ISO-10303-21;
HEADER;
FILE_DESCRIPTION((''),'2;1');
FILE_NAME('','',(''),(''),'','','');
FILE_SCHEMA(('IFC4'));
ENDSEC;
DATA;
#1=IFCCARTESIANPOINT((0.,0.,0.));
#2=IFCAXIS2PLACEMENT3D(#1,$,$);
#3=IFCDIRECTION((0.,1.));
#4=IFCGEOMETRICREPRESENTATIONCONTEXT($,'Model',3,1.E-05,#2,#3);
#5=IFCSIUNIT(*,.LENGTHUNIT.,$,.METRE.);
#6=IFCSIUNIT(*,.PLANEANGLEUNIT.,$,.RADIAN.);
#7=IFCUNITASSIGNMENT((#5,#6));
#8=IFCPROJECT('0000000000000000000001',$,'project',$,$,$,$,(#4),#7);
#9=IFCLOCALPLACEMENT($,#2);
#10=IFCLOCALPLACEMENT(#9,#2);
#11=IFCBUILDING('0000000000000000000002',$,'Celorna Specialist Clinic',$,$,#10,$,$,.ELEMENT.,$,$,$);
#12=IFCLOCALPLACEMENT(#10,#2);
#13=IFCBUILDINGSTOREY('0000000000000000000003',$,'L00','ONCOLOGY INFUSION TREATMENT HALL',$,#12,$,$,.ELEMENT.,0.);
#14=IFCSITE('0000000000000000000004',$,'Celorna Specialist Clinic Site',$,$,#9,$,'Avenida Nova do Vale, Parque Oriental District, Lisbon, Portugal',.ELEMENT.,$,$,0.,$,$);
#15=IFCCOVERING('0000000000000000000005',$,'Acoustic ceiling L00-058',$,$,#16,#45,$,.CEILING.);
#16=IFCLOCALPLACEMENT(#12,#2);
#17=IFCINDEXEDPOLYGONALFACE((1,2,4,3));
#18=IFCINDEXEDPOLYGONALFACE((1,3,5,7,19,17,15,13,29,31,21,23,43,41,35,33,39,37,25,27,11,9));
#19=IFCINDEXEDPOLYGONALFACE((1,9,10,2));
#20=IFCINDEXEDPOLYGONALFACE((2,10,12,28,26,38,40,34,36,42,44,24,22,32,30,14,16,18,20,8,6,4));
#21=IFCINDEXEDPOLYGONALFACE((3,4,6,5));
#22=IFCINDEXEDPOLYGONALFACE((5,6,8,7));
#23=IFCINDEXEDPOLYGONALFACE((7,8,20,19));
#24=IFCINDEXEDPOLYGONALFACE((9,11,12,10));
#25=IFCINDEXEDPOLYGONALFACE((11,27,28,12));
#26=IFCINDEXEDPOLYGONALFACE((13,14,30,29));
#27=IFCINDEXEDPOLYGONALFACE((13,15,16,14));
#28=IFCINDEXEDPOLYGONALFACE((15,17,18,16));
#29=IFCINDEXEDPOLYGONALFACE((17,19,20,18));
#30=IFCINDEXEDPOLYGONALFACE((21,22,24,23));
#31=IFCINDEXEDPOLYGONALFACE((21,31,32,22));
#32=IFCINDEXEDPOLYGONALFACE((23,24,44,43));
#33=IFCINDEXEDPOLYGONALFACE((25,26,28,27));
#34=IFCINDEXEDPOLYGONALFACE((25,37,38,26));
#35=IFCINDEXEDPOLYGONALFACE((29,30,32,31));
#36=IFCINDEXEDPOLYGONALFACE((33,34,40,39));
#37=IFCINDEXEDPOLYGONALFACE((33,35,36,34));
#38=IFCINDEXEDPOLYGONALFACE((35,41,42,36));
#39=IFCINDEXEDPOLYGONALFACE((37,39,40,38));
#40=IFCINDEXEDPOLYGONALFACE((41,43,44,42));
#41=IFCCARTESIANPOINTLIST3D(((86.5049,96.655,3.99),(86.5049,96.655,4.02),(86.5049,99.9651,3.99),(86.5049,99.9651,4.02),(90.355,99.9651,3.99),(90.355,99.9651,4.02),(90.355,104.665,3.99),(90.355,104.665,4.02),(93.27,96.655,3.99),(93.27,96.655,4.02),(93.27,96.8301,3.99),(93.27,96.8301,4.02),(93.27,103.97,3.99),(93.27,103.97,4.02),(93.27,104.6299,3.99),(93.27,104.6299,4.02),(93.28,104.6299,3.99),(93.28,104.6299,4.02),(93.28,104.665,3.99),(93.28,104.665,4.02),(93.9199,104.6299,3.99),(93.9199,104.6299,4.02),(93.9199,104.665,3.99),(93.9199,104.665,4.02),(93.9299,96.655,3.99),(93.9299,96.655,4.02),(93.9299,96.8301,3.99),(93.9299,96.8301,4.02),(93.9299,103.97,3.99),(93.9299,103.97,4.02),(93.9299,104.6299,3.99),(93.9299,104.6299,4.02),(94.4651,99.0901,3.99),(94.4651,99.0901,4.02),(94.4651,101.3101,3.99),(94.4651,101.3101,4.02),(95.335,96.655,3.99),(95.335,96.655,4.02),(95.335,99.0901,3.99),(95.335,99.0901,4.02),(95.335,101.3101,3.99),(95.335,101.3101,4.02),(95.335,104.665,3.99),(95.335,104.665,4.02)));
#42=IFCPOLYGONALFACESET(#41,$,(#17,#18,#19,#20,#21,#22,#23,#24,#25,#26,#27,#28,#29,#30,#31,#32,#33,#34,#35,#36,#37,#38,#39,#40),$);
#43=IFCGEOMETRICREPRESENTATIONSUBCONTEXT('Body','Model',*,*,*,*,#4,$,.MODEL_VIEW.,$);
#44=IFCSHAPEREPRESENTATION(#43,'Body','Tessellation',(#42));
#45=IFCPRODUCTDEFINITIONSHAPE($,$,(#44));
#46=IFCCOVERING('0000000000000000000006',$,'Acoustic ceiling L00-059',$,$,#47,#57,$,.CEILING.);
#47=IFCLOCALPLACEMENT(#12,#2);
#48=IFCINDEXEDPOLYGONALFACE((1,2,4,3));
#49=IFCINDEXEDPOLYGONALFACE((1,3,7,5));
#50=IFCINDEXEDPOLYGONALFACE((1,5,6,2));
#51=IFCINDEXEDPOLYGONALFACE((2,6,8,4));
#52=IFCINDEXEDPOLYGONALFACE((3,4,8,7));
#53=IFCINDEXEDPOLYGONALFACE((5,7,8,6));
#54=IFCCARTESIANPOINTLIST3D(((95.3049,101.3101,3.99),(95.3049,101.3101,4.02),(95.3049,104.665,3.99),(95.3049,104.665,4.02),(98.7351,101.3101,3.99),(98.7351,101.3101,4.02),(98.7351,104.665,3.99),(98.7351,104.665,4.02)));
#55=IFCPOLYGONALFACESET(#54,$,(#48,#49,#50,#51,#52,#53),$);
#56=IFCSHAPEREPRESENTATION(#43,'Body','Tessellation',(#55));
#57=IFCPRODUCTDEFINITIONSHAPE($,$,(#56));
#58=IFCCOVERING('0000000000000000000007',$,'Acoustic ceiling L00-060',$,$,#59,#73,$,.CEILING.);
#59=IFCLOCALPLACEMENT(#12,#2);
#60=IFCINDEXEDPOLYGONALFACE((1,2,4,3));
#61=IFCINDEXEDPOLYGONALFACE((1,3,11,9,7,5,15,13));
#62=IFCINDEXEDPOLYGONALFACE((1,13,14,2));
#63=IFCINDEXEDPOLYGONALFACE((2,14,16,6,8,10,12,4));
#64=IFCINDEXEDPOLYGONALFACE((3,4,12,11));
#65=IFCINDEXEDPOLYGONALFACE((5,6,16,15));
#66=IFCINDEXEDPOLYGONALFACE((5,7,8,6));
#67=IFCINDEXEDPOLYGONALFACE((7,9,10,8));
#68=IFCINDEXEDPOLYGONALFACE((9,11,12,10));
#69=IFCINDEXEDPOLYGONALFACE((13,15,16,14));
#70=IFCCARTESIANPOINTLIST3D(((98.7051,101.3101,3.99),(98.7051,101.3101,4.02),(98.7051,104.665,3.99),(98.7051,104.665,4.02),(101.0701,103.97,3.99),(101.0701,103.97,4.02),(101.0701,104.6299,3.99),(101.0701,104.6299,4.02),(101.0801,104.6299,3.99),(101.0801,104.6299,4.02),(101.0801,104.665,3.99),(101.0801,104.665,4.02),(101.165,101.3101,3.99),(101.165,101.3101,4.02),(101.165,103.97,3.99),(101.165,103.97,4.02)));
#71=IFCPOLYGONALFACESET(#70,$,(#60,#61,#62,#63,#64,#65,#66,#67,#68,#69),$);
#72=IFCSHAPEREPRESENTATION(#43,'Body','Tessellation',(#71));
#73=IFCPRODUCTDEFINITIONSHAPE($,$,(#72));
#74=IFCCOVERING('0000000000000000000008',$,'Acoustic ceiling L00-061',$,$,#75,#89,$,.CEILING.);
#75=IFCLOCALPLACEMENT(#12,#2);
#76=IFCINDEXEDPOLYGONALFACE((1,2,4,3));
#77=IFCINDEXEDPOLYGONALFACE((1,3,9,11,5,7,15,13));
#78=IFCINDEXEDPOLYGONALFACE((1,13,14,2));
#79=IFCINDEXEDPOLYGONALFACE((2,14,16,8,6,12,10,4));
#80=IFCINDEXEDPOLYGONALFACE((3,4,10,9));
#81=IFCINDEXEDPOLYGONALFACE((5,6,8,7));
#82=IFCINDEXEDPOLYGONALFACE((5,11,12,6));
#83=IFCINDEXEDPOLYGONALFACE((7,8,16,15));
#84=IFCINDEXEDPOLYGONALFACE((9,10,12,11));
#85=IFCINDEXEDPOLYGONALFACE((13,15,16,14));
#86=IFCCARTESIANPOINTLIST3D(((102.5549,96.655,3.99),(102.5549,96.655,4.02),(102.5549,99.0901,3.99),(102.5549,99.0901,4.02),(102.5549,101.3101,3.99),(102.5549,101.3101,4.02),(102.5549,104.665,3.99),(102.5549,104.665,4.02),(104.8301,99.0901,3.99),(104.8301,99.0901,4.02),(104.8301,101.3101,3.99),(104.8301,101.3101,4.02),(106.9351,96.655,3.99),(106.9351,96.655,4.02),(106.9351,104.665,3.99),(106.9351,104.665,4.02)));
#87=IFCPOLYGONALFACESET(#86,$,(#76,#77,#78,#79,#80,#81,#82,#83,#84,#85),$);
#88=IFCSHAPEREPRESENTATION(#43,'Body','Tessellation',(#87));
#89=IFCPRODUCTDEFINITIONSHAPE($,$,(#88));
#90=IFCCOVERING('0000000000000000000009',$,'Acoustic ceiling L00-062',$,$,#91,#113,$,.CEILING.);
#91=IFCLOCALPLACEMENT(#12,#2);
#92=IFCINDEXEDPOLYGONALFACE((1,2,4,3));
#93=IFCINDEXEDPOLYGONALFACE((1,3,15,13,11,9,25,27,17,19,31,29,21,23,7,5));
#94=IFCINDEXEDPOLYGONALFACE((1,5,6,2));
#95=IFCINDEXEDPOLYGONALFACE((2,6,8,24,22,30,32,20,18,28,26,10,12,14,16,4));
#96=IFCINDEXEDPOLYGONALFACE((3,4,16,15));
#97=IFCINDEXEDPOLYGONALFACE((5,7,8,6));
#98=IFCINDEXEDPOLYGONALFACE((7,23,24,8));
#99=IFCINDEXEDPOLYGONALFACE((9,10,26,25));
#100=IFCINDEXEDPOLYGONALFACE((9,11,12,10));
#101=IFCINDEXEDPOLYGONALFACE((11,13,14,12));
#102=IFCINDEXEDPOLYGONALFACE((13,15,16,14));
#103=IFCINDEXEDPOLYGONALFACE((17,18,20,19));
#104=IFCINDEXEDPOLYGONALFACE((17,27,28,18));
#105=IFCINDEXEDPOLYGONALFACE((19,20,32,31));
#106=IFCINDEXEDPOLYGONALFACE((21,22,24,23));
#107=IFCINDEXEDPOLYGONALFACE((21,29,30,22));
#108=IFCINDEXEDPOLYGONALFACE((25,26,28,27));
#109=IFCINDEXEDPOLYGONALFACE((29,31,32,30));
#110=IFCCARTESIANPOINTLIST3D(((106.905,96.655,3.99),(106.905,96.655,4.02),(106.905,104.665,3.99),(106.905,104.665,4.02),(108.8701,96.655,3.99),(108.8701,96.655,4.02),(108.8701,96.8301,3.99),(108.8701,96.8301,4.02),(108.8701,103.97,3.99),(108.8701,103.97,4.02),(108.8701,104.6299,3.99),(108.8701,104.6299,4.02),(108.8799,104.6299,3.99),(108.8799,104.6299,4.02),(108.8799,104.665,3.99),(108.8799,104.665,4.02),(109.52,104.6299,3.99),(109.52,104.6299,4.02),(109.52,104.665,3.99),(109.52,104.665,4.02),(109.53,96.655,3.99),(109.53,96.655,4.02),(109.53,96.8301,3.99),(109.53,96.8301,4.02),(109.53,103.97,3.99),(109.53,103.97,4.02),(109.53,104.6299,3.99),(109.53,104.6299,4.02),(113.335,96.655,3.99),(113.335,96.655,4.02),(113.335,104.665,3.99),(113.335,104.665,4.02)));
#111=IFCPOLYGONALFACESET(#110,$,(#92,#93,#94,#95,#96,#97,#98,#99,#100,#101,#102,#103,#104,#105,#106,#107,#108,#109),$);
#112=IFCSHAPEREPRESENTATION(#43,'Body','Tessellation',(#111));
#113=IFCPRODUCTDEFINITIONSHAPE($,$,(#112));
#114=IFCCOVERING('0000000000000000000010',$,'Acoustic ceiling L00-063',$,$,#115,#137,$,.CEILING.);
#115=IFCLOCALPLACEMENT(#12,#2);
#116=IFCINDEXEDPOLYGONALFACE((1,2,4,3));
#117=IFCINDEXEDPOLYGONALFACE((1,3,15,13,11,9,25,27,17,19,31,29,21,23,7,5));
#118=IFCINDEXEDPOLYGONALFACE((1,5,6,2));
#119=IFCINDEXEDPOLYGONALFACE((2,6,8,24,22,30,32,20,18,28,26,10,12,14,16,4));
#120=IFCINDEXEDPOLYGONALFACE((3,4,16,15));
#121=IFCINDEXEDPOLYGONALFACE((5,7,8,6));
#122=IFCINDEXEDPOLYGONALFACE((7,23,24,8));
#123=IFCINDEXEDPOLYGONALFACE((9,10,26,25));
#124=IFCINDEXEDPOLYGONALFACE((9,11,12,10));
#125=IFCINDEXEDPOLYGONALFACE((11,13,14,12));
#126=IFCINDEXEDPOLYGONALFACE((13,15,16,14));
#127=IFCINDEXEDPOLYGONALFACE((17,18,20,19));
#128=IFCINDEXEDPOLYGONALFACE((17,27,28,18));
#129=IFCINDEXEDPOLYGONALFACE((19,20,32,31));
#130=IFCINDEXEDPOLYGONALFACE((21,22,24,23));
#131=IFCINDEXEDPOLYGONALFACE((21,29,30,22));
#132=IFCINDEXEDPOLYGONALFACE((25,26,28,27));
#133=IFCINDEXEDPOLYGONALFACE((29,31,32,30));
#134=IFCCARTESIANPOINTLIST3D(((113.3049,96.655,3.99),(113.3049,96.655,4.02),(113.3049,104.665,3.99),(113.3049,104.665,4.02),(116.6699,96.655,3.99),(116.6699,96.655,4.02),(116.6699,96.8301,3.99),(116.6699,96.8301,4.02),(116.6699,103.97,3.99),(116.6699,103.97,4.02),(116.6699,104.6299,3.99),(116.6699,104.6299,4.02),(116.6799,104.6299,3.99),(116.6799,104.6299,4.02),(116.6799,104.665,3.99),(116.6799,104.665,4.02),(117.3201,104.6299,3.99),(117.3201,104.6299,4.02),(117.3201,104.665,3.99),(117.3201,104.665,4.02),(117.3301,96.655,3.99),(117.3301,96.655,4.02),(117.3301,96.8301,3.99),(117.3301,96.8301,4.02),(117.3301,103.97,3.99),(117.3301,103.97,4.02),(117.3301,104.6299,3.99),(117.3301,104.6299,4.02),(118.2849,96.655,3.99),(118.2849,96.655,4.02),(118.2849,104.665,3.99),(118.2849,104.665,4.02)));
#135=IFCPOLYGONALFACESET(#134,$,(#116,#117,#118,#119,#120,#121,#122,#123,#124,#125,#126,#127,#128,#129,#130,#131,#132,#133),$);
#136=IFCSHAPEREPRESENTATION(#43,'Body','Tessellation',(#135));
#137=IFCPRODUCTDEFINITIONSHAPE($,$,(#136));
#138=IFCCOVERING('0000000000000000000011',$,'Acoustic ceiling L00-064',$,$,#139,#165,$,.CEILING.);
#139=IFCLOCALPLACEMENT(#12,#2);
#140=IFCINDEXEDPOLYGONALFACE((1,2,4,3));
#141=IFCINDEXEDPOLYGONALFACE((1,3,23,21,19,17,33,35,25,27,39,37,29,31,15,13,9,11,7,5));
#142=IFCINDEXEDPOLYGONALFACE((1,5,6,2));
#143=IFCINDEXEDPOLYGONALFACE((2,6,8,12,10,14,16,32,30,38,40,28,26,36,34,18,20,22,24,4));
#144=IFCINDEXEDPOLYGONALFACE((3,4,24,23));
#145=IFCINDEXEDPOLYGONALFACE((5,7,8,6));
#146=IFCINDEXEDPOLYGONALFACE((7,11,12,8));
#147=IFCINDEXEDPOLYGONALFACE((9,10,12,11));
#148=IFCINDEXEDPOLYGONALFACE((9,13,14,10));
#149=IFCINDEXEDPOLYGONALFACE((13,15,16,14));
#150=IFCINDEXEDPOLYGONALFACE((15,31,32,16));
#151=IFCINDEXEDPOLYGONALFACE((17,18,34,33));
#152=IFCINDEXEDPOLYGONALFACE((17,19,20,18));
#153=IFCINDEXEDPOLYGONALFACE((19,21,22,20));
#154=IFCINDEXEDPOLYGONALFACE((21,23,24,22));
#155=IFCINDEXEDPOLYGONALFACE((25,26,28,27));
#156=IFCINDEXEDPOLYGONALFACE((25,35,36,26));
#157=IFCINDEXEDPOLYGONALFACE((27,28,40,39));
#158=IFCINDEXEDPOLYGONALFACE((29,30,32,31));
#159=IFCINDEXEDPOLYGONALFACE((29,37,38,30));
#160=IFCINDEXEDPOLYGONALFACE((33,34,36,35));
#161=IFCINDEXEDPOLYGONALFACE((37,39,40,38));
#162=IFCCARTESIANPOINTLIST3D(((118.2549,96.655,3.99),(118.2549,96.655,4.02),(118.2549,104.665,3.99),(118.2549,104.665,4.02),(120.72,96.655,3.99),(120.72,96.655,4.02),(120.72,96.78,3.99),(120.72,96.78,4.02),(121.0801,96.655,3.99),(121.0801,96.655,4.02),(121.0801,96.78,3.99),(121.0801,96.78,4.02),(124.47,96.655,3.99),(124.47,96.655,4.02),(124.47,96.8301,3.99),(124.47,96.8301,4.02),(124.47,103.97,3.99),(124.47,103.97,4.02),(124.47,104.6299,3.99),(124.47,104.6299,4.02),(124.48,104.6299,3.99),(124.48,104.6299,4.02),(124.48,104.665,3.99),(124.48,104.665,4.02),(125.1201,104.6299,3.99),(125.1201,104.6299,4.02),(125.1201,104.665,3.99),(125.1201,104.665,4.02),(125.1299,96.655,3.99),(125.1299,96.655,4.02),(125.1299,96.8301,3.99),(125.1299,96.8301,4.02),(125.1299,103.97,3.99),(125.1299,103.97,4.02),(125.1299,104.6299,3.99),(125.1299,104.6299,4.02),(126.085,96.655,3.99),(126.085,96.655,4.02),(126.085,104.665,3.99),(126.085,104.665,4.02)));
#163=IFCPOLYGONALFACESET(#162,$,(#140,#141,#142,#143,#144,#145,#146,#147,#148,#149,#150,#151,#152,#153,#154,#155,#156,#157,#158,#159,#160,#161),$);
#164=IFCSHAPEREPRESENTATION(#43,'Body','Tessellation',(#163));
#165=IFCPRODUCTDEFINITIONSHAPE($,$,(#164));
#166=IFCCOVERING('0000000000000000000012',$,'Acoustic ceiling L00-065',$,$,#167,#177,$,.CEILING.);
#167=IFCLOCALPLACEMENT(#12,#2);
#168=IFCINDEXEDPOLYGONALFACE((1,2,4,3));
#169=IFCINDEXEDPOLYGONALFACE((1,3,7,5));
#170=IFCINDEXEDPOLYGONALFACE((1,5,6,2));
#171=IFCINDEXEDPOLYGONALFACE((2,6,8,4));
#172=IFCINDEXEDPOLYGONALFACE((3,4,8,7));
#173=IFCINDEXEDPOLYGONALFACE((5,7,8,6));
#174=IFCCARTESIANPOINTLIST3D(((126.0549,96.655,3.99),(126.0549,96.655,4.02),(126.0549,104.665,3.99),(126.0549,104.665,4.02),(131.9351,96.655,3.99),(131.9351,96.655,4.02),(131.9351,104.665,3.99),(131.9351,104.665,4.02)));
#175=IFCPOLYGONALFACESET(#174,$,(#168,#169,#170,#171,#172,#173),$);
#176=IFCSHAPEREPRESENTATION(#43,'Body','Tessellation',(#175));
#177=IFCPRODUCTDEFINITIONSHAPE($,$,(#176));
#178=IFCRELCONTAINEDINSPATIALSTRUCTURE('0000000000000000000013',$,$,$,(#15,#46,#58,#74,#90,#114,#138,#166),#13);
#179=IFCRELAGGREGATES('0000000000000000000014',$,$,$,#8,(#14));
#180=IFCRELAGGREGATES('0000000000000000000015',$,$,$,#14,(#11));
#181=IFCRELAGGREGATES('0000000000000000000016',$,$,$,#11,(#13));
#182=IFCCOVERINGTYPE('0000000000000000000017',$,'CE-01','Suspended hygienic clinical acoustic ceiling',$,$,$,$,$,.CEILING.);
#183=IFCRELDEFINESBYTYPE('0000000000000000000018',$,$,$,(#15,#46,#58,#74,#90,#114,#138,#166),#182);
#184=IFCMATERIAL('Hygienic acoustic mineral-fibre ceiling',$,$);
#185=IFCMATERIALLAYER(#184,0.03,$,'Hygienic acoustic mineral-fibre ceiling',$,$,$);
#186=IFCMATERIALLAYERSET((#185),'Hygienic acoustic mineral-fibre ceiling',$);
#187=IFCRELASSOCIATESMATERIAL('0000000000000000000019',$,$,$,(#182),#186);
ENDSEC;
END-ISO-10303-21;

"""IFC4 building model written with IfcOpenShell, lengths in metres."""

from ifc_helpers import new_model, si_unit, direction, frame, origin, place, context, subcontext, project, spatial, polyline, outline, extrude, material, layer, layer_set, type_object, element, save


model = new_model("IFC4")

# Units and contexts
model_context = context("Model", 3, precision=1e-05, world=origin(), true_north=direction((0.0, 1.0)))
body_context = subcontext(model_context, "Body", "Model", "MODEL_VIEW")
ifc_project = project(units=[si_unit("LENGTHUNIT", "METRE"), si_unit("PLANEANGLEUNIT", "RADIAN")], contexts=[model_context])

# Site, building, storey
site_placement = place(None, origin())
site = spatial("IfcSite", under=ifc_project, at=site_placement, Name="Celorna Specialist Clinic Site", LongName="Avenida Nova do Vale, Parque Oriental District, Lisbon, Portugal", CompositionType="ELEMENT", RefElevation=0.0)
building_placement = place(site_placement, origin())
building = spatial("IfcBuilding", under=site, at=building_placement, Name="Celorna Specialist Clinic", CompositionType="ELEMENT")
storey_placement = place(building_placement, origin())
storey = spatial("IfcBuildingStorey", under=building, at=storey_placement, Name="L00", Description="ONCOLOGY INFUSION TREATMENT HALL", CompositionType="ELEMENT", Elevation=0.0)

# Coverings
ifc_material_1 = material(Name="Hygienic acoustic mineral-fibre ceiling")
ifc_layer_1 = layer(ifc_material_1, 0.03, Name="Hygienic acoustic mineral-fibre ceiling")
ifc_layer_set_1 = layer_set([ifc_layer_1], Name="Hygienic acoustic mineral-fibre ceiling")
covering_type_1 = type_object("IfcCoveringType", Name="CE-01", Description="Suspended hygienic clinical acoustic ceiling", PredefinedType="CEILING", material=ifc_layer_set_1)
covering_1_placement = place(storey_placement, frame((0.0, 0.0, 3.99)))
element("IfcCovering", 1, at=covering_1_placement, inside=storey, type_object=covering_type_1, Name="Acoustic ceiling L00-058", PredefinedType="CEILING", context=body_context, shape_type="SweptSolid", body=[
    extrude(outline(polyline([(90.355, 104.665), (93.28, 104.665), (93.28, 104.6299), (93.27, 104.6299), (93.27, 103.97), (93.9299, 103.97), (93.9299, 104.6299), (93.9199, 104.6299), (93.9199, 104.665), (95.335, 104.665), (95.335, 101.3101), (94.4651, 101.3101), (94.4651, 99.0901), (95.335, 99.0901), (95.335, 96.655), (93.9299, 96.655), (93.9299, 96.8301), (93.27, 96.8301), (93.27, 96.655), (86.5049, 96.655), (86.5049, 99.9651), (90.355, 99.9651), (90.355, 104.665)])), origin(), (0.0, 0.0, 1.0), 0.03),
])
covering_2_placement = place(storey_placement, frame((0.0, 0.0, 3.99)))
element("IfcCovering", 2, at=covering_2_placement, inside=storey, type_object=covering_type_1, Name="Acoustic ceiling L00-059", PredefinedType="CEILING", context=body_context, shape_type="SweptSolid", body=[
    extrude(outline(polyline([(98.7351, 101.3101), (95.3049, 101.3101), (95.3049, 104.665), (98.7351, 104.665), (98.7351, 101.3101)])), origin(), (0.0, 0.0, 1.0), 0.03),
])
covering_3_placement = place(storey_placement, frame((0.0, 0.0, 3.99)))
element("IfcCovering", 3, at=covering_3_placement, inside=storey, type_object=covering_type_1, Name="Acoustic ceiling L00-060", PredefinedType="CEILING", context=body_context, shape_type="SweptSolid", body=[
    extrude(outline(polyline([(101.165, 101.3101), (98.7051, 101.3101), (98.7051, 104.665), (101.0801, 104.665), (101.0801, 104.6299), (101.0701, 104.6299), (101.0701, 103.97), (101.165, 103.97), (101.165, 101.3101)])), origin(), (0.0, 0.0, 1.0), 0.03),
])
covering_4_placement = place(storey_placement, frame((0.0, 0.0, 3.99)))
element("IfcCovering", 4, at=covering_4_placement, inside=storey, type_object=covering_type_1, Name="Acoustic ceiling L00-061", PredefinedType="CEILING", context=body_context, shape_type="SweptSolid", body=[
    extrude(outline(polyline([(106.9351, 96.655), (102.5549, 96.655), (102.5549, 99.0901), (104.8301, 99.0901), (104.8301, 101.3101), (102.5549, 101.3101), (102.5549, 104.665), (106.9351, 104.665), (106.9351, 96.655)])), origin(), (0.0, 0.0, 1.0), 0.03),
])
covering_5_placement = place(storey_placement, frame((0.0, 0.0, 3.99)))
element("IfcCovering", 5, at=covering_5_placement, inside=storey, type_object=covering_type_1, Name="Acoustic ceiling L00-062", PredefinedType="CEILING", context=body_context, shape_type="SweptSolid", body=[
    extrude(outline(polyline([(108.8799, 104.665), (108.8799, 104.6299), (108.8701, 104.6299), (108.8701, 103.97), (109.53, 103.97), (109.53, 104.6299), (109.52, 104.6299), (109.52, 104.665), (113.335, 104.665), (113.335, 96.655), (109.53, 96.655), (109.53, 96.8301), (108.8701, 96.8301), (108.8701, 96.655), (106.905, 96.655), (106.905, 104.665), (108.8799, 104.665)])), origin(), (0.0, 0.0, 1.0), 0.03),
])
covering_6_placement = place(storey_placement, frame((0.0, 0.0, 3.99)))
element("IfcCovering", 6, at=covering_6_placement, inside=storey, type_object=covering_type_1, Name="Acoustic ceiling L00-063", PredefinedType="CEILING", context=body_context, shape_type="SweptSolid", body=[
    extrude(outline(polyline([(116.6799, 104.665), (116.6799, 104.6299), (116.6699, 104.6299), (116.6699, 103.97), (117.3301, 103.97), (117.3301, 104.6299), (117.3201, 104.6299), (117.3201, 104.665), (118.2849, 104.665), (118.2849, 96.655), (117.3301, 96.655), (117.3301, 96.8301), (116.6699, 96.8301), (116.6699, 96.655), (113.3049, 96.655), (113.3049, 104.665), (116.6799, 104.665)])), origin(), (0.0, 0.0, 1.0), 0.03),
])
covering_7_placement = place(storey_placement, frame((0.0, 0.0, 3.99)))
element("IfcCovering", 7, at=covering_7_placement, inside=storey, type_object=covering_type_1, Name="Acoustic ceiling L00-064", PredefinedType="CEILING", context=body_context, shape_type="SweptSolid", body=[
    extrude(outline(polyline([(124.48, 104.665), (124.48, 104.6299), (124.47, 104.6299), (124.47, 103.97), (125.1299, 103.97), (125.1299, 104.6299), (125.1201, 104.6299), (125.1201, 104.665), (126.085, 104.665), (126.085, 96.655), (125.1299, 96.655), (125.1299, 96.8301), (124.47, 96.8301), (124.47, 96.655), (121.0801, 96.655), (121.0801, 96.78), (120.72, 96.78), (120.72, 96.655), (118.2549, 96.655), (118.2549, 104.665), (124.48, 104.665)])), origin(), (0.0, 0.0, 1.0), 0.03),
])
covering_8_placement = place(storey_placement, frame((0.0, 0.0, 3.99)))
element("IfcCovering", 8, at=covering_8_placement, inside=storey, type_object=covering_type_1, Name="Acoustic ceiling L00-065", PredefinedType="CEILING", context=body_context, shape_type="SweptSolid", body=[
    extrude(outline(polyline([(131.9351, 104.665), (131.9351, 96.655), (126.0549, 96.655), (126.0549, 104.665), (131.9351, 104.665)])), origin(), (0.0, 0.0, 1.0), 0.03),
])

save(model, "model.ifc")
